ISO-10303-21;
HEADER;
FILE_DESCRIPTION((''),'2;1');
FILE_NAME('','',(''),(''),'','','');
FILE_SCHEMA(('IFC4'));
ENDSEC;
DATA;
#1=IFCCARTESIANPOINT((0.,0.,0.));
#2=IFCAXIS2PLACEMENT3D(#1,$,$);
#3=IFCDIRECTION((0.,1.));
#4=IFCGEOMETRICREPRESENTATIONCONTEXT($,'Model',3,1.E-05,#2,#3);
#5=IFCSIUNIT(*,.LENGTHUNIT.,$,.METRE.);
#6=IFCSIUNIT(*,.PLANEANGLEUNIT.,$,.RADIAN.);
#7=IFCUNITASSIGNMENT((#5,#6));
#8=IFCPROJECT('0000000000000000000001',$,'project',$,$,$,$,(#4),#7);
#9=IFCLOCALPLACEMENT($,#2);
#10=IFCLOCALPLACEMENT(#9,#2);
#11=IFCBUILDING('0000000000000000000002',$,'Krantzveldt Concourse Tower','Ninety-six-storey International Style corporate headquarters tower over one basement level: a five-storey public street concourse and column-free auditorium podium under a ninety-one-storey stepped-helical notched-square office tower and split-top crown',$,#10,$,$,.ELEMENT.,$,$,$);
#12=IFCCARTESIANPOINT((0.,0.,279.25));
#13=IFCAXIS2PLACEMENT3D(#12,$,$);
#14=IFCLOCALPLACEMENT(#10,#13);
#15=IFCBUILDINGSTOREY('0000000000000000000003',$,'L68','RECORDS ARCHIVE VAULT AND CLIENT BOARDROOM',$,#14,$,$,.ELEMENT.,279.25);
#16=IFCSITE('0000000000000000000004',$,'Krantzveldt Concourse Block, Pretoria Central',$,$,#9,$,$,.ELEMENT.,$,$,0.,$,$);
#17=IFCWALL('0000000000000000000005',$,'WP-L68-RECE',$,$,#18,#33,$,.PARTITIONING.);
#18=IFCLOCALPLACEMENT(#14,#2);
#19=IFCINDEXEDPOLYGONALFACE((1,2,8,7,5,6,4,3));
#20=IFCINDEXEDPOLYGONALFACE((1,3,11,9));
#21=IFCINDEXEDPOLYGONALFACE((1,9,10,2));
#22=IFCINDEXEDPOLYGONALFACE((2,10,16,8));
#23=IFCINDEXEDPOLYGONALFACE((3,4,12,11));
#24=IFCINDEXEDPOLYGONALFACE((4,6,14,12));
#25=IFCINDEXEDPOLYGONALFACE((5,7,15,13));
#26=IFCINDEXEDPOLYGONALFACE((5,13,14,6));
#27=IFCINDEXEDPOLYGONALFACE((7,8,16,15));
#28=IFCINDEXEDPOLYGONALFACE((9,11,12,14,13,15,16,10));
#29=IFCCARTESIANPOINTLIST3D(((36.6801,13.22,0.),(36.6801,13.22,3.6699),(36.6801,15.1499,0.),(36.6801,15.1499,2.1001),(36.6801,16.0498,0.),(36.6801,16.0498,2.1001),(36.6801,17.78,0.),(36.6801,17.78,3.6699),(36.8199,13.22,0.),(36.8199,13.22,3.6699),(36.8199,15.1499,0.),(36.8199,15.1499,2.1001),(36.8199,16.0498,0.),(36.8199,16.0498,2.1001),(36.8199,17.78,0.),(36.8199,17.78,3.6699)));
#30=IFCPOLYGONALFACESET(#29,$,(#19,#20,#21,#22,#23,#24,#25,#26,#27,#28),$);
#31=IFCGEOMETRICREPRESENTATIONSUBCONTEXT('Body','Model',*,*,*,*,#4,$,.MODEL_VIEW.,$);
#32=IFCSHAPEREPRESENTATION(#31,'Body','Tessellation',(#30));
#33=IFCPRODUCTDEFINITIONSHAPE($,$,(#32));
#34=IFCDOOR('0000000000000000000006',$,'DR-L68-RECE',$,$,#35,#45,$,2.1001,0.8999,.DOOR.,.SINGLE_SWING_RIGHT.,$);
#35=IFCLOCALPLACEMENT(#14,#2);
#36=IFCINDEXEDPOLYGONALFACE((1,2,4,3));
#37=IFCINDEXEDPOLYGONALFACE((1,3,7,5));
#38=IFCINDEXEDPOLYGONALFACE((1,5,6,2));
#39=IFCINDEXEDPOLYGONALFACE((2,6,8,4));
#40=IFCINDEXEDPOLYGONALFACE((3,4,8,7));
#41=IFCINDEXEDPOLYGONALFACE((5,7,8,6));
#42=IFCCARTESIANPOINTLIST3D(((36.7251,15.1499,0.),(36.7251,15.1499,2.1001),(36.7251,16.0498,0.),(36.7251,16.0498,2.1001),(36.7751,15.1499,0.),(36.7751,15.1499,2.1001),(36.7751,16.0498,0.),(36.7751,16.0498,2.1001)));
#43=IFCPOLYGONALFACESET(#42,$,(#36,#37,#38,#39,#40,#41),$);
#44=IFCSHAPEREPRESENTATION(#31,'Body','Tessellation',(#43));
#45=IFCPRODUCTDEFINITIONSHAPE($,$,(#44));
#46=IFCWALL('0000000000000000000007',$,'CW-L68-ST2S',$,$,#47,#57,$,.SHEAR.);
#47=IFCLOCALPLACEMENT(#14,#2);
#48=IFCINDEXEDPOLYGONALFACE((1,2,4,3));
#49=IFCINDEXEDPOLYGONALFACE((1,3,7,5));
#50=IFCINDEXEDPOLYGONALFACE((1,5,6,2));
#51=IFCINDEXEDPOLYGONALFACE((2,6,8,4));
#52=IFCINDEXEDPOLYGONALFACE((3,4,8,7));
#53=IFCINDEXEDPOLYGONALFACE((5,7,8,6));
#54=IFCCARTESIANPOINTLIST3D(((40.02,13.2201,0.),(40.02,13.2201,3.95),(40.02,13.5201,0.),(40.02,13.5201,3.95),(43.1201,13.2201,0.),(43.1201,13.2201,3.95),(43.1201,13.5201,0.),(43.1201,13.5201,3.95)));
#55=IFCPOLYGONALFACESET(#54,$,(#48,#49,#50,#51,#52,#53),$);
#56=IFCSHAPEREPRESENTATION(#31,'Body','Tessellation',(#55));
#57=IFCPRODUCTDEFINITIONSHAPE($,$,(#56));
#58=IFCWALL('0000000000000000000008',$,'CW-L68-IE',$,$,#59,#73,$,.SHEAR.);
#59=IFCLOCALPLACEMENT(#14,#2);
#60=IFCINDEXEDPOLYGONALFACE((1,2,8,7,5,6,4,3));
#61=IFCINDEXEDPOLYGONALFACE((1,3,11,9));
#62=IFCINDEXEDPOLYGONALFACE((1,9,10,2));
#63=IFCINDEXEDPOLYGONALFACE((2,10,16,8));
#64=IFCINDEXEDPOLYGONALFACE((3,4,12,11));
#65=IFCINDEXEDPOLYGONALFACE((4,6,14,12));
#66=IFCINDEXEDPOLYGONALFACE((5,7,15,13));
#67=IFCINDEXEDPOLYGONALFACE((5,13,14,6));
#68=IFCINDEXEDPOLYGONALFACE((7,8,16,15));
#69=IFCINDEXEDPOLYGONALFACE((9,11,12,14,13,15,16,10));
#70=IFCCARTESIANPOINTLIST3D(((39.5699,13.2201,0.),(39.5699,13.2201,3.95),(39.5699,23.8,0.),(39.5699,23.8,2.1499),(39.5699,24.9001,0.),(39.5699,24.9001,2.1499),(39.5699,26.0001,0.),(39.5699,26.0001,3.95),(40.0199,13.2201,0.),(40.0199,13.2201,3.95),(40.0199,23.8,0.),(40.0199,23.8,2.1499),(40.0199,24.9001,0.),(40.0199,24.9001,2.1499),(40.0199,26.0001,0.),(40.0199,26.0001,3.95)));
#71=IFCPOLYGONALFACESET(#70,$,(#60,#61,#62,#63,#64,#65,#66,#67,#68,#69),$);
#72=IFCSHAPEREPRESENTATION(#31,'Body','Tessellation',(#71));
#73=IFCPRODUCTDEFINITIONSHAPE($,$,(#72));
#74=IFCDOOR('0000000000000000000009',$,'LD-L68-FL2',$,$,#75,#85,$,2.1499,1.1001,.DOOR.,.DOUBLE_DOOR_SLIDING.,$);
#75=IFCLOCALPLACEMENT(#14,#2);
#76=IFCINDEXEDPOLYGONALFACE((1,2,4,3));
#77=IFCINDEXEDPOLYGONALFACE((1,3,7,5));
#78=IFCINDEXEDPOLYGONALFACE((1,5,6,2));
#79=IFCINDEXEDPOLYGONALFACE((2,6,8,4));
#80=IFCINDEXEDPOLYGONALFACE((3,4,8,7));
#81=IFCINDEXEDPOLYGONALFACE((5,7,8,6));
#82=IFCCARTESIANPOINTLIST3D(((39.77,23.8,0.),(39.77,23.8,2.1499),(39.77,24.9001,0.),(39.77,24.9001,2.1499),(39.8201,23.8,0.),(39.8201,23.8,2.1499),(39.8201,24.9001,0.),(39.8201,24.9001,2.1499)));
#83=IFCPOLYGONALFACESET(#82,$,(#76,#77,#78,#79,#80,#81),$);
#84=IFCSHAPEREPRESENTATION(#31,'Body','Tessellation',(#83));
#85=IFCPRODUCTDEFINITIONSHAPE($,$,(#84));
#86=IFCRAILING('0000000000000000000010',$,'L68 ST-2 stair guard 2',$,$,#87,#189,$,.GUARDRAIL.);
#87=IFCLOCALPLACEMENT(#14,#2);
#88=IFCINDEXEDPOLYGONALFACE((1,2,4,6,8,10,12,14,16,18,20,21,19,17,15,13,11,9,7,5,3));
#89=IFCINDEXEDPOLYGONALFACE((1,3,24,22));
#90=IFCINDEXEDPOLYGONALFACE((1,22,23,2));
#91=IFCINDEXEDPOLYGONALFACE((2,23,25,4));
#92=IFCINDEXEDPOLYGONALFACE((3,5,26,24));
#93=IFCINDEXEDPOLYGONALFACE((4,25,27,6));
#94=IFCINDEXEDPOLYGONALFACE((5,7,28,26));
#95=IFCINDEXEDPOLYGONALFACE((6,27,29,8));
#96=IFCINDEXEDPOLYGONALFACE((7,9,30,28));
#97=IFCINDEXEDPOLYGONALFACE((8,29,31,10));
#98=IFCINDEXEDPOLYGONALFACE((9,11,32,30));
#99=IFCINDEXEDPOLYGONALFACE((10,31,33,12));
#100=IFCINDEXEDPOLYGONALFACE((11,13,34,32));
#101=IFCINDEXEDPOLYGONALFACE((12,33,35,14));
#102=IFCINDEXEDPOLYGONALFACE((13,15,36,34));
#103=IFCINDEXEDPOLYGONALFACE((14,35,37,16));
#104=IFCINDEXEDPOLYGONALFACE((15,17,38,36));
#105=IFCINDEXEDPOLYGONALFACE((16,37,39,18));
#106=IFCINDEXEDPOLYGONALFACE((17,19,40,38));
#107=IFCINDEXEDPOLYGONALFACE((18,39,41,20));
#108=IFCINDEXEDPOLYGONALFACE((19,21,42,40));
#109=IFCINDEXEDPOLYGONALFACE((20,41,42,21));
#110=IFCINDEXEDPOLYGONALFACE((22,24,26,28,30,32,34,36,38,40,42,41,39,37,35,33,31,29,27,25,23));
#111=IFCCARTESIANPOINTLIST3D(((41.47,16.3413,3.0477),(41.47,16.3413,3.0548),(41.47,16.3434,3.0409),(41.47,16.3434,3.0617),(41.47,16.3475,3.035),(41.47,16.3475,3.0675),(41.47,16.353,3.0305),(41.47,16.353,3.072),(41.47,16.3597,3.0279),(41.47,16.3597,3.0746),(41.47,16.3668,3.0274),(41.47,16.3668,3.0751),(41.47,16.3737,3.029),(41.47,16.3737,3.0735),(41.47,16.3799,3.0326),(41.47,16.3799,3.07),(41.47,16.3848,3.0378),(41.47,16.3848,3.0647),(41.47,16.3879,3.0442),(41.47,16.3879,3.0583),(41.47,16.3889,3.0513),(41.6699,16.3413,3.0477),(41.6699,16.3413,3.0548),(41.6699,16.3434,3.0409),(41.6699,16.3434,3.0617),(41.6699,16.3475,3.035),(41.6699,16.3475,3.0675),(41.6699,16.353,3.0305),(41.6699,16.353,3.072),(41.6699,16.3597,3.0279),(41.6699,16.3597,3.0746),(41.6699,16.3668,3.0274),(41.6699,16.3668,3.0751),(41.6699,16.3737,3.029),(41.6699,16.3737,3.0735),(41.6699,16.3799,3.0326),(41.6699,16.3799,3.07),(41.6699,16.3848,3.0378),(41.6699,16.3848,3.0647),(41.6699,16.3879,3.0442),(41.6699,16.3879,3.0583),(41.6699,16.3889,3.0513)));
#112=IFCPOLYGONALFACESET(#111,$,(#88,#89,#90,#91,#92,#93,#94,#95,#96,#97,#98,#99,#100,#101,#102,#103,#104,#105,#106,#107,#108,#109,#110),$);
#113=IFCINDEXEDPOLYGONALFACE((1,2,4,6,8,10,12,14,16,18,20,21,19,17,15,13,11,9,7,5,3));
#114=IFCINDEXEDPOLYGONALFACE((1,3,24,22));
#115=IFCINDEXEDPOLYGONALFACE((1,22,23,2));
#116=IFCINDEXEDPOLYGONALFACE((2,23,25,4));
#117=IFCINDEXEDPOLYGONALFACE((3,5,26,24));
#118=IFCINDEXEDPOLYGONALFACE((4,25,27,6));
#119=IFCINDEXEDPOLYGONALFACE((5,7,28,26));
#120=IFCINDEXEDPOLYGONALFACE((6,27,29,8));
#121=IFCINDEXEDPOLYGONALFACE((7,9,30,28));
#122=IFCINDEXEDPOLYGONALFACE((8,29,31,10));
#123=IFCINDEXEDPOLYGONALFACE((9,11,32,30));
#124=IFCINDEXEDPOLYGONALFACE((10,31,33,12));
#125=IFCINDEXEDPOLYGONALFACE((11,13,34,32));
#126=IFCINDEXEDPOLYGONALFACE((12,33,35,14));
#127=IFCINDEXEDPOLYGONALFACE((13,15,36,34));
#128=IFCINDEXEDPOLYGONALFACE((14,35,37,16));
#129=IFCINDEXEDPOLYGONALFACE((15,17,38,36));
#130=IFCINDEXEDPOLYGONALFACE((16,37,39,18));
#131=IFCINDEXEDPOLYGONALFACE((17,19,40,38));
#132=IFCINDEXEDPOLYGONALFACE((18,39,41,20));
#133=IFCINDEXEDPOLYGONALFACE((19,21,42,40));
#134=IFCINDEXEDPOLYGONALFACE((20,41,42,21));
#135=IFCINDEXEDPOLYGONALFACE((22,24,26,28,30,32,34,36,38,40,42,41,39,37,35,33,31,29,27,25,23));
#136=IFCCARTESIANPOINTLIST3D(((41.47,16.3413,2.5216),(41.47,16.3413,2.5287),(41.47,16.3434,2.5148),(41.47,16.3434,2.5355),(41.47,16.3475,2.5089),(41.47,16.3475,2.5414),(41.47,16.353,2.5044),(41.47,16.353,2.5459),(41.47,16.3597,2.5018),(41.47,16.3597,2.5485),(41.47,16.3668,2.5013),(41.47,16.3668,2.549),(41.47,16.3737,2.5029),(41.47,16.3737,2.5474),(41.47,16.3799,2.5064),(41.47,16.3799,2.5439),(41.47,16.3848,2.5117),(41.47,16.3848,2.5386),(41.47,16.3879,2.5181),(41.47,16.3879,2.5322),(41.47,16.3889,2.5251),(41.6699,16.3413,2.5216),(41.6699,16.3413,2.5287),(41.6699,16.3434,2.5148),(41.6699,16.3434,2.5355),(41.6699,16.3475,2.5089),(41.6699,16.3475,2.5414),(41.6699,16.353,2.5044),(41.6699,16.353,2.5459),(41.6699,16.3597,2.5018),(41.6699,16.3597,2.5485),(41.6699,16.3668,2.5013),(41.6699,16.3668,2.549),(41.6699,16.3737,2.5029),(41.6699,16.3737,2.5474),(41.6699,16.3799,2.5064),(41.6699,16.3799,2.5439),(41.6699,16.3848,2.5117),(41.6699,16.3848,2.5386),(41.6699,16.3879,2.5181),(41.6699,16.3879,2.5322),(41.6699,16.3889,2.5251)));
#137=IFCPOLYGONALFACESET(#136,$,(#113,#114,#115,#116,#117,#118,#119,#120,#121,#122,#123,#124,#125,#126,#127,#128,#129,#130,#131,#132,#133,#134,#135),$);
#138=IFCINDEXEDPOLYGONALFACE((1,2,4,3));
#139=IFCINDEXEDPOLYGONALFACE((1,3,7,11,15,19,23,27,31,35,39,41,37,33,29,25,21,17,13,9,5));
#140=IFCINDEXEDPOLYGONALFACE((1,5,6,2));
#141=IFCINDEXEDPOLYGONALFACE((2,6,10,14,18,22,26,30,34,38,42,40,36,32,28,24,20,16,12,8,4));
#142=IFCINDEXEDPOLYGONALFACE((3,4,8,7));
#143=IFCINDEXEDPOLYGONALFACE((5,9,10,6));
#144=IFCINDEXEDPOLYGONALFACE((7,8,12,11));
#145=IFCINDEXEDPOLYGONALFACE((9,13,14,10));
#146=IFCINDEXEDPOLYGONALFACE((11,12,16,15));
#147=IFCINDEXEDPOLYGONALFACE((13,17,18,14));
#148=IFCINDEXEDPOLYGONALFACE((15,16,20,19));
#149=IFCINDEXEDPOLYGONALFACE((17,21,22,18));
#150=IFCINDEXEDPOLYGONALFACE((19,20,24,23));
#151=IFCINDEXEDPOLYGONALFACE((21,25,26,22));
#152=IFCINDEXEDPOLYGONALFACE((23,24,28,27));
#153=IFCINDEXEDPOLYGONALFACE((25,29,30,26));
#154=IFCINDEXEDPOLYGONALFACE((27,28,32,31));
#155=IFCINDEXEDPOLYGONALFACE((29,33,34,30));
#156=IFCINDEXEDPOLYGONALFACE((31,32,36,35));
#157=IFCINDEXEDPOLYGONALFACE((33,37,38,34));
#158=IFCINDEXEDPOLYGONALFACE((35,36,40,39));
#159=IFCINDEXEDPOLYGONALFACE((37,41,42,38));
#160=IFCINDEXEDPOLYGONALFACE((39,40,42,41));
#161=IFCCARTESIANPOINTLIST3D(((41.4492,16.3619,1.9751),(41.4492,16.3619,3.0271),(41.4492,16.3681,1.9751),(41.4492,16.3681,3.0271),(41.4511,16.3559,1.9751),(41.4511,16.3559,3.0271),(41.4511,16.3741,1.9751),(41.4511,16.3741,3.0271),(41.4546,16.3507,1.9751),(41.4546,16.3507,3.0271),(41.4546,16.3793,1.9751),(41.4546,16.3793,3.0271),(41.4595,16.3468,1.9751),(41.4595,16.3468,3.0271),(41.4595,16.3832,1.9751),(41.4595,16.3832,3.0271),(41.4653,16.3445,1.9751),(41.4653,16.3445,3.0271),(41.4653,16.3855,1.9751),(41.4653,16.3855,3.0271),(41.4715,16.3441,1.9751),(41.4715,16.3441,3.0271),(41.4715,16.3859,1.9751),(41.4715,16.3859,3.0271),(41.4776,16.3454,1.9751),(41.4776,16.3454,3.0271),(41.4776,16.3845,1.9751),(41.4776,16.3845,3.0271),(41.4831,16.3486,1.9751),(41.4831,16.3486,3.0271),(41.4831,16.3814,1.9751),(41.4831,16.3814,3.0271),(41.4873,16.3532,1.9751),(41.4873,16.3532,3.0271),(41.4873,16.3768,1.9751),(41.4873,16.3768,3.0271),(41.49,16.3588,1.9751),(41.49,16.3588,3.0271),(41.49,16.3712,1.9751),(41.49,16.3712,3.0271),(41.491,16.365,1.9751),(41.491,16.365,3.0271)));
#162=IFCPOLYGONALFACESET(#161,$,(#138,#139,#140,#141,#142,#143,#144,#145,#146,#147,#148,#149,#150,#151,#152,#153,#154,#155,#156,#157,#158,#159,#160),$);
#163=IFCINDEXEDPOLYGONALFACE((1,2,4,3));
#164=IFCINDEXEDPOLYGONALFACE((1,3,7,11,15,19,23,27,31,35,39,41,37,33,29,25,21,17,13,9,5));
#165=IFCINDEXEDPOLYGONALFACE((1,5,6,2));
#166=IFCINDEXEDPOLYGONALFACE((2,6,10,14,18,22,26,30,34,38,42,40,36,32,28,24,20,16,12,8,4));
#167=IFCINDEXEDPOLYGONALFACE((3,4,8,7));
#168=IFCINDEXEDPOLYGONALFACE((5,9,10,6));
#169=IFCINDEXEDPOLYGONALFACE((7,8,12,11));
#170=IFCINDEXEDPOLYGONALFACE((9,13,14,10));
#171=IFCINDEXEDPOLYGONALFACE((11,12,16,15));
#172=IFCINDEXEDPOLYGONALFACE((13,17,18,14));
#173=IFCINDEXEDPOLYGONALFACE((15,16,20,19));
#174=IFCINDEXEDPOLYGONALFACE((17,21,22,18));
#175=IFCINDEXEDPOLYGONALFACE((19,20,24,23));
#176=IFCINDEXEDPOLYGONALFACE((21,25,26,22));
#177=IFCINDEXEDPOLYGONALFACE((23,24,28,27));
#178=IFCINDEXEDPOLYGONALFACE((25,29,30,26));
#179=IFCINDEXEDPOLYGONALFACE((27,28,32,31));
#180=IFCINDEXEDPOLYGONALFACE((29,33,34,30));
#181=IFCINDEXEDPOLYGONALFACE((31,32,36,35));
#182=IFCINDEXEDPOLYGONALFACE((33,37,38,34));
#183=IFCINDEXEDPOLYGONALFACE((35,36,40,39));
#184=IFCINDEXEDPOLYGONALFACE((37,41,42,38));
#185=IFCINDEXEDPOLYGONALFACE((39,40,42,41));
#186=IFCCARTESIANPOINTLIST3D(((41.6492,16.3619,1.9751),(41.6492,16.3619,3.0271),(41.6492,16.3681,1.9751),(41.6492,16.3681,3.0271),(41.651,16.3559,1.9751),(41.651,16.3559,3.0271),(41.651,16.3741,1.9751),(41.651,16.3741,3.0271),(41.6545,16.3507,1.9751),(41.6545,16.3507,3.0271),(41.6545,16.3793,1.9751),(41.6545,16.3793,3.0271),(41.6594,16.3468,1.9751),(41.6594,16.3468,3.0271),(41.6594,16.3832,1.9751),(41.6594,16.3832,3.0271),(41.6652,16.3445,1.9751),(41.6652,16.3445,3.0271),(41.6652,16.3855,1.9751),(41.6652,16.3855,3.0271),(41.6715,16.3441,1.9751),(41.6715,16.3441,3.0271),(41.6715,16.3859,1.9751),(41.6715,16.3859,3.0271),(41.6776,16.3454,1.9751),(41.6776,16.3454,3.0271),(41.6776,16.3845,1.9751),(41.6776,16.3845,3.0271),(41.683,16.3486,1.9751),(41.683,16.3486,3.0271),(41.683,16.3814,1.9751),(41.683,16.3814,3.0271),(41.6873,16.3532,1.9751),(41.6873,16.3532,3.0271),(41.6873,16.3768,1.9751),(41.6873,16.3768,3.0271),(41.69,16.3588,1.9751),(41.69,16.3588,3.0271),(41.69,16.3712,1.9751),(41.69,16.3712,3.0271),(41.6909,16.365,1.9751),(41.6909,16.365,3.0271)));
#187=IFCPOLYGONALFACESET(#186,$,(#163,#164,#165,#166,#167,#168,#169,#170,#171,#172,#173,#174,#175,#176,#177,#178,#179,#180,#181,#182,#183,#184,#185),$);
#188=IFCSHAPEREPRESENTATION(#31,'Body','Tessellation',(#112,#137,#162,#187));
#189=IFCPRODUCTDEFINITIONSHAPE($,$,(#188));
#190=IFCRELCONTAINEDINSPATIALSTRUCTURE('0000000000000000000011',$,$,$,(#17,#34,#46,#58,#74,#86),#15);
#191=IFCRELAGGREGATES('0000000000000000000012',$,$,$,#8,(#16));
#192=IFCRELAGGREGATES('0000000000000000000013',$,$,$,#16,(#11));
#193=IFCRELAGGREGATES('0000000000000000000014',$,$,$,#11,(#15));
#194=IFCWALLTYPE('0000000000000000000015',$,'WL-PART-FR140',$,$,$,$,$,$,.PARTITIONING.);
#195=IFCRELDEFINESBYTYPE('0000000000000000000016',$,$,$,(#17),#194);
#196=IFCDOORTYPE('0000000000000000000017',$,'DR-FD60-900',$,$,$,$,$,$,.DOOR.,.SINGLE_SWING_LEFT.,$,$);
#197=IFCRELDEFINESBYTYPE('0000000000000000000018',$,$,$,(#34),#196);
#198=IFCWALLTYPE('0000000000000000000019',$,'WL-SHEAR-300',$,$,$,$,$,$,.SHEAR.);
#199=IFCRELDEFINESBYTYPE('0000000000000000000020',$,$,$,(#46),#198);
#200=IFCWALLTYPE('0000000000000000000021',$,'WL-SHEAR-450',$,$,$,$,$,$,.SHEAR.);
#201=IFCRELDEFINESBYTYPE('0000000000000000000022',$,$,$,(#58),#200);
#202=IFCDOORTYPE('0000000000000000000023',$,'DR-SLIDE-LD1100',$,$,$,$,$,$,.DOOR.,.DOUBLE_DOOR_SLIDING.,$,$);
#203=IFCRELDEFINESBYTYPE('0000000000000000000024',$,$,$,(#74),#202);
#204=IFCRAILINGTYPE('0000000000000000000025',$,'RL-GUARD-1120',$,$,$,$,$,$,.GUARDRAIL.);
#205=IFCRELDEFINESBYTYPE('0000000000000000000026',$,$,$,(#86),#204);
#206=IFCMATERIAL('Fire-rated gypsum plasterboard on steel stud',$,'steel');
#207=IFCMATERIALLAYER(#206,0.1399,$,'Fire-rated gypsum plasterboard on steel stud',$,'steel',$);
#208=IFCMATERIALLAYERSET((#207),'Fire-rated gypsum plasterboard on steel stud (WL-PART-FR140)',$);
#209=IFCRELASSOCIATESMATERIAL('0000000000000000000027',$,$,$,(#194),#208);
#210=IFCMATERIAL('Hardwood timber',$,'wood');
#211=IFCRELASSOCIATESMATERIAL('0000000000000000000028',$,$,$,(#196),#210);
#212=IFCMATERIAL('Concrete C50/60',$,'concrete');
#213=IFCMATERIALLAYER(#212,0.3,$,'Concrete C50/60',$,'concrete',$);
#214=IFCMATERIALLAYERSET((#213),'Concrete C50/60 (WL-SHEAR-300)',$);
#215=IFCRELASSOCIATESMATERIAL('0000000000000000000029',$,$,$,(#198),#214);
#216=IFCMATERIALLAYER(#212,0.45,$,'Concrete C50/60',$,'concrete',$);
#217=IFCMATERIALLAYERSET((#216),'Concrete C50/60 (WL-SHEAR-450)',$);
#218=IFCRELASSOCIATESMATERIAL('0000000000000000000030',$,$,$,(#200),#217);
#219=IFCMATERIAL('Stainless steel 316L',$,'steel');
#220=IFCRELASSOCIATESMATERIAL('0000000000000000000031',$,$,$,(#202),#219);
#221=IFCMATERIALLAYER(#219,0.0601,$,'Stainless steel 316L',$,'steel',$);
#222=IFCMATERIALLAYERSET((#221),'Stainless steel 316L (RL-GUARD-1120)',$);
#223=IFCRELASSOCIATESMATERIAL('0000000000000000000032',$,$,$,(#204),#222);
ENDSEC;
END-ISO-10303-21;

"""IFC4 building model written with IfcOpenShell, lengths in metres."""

from ifc_helpers import new_model, si_unit, direction, frame, frame_2d, origin, origin_2d, place, context, subcontext, project, spatial, rectangle, circle, extrude, material, layer, layer_set, type_object, element, fill, save


model = new_model("IFC4")

# Units and contexts
model_context = context("Model", 3, precision=1e-05, world=origin(), true_north=direction((0.0, 1.0)))
body_context = subcontext(model_context, "Body", "Model", "MODEL_VIEW")
ifc_project = project(units=[si_unit("LENGTHUNIT", "METRE"), si_unit("PLANEANGLEUNIT", "RADIAN")], contexts=[model_context])

# Site, building, storey
site_placement = place(None, origin())
site = spatial("IfcSite", under=ifc_project, at=site_placement, Name="Krantzveldt Concourse Block, Pretoria Central", CompositionType="ELEMENT", RefElevation=0.0)
building_placement = place(site_placement, origin())
building = spatial("IfcBuilding", under=site, at=building_placement, Name="Krantzveldt Concourse Tower", Description="Ninety-six-storey International Style corporate headquarters tower over one basement level: a five-storey public street concourse and column-free auditorium podium under a ninety-one-storey stepped-helical notched-square office tower and split-top crown", CompositionType="ELEMENT")
storey_placement = place(building_placement, frame((0.0, 0.0, 279.25)))
storey = spatial("IfcBuildingStorey", under=building, at=storey_placement, Name="L68", Description="RECORDS ARCHIVE VAULT AND CLIENT BOARDROOM", CompositionType="ELEMENT", Elevation=279.25)

# Shared definitions
ifc_material_1 = material(Name="Fire-rated gypsum plasterboard on steel stud", Category="steel")

# Wall, opening, door
ifc_layer_1 = layer(ifc_material_1, 0.1399, Name="Fire-rated gypsum plasterboard on steel stud", Category="steel")
ifc_layer_set_1 = layer_set([ifc_layer_1], Name="Fire-rated gypsum plasterboard on steel stud (WL-PART-FR140)")
wall_type_1 = type_object("IfcWallType", Name="WL-PART-FR140", PredefinedType="PARTITIONING", material=ifc_layer_set_1)
ifc_material_2 = material(Name="Hardwood timber", Category="wood")
door_type_1 = type_object("IfcDoorType", Name="DR-FD60-900", OperationType="SINGLE_SWING_LEFT", PredefinedType="DOOR", material=ifc_material_2)
wall_1_placement = place(storey_placement, frame((36.75, 13.22, 0.0), z_axis=(0.0, 0.0, 1.0), x_axis=(0.0, 1.0, 0.0)))
wall_1 = element("IfcWall", 1, at=wall_1_placement, inside=storey, type_object=wall_type_1, Name="WP-L68-RECE", PredefinedType="PARTITIONING", context=body_context, shape_type="SweptSolid", body=[
    extrude(rectangle(XDim=4.5601, YDim=0.1399, at=frame_2d((2.28, 0.0))), origin(), (0.0, 0.0, 1.0), 3.6699),
])
opening_1_placement = place(wall_1_placement, frame((1.9299, 0.0, 0.0)))
opening_1 = element("IfcOpeningElement", 2, at=opening_1_placement, cuts=wall_1, PredefinedType="OPENING", context=body_context, shape_type="SweptSolid", body=[
    extrude(rectangle(XDim=0.8999, YDim=2.1001, at=frame_2d((0.45, 1.05))), frame((0.0, 0.0801, 0.0), z_axis=(0.0, -1.0, 0.0), x_axis=(1.0, 0.0, 0.0)), (0.0, 0.0, 1.0), 0.1599),
])
door_1_placement = place(opening_1_placement, origin())
door_1 = element("IfcDoor", 3, at=door_1_placement, inside=storey, type_object=door_type_1, Name="DR-L68-RECE", OperationType="SINGLE_SWING_RIGHT", OverallHeight=2.1001, OverallWidth=0.8999, PredefinedType="DOOR", context=body_context, shape_type="SweptSolid", body=[
    extrude(rectangle(XDim=0.8999, YDim=2.1001, at=frame_2d((0.45, 1.05))), frame((0.0, 0.0249, 0.0), z_axis=(0.0, -1.0, 0.0), x_axis=(1.0, 0.0, 0.0)), (0.0, 0.0, 1.0), 0.05),
])
fill(opening_1, door_1)

# Wall
ifc_material_3 = material(Name="Concrete C50/60", Category="concrete")
ifc_layer_2 = layer(ifc_material_3, 0.3, Name="Concrete C50/60", Category="concrete")
ifc_layer_set_2 = layer_set([ifc_layer_2], Name="Concrete C50/60 (WL-SHEAR-300)")
wall_type_2 = type_object("IfcWallType", Name="WL-SHEAR-300", PredefinedType="SHEAR", material=ifc_layer_set_2)
wall_2_placement = place(storey_placement, frame((40.02, 13.3701, 0.0), z_axis=(0.0, 0.0, 1.0), x_axis=(1.0, 0.0, 0.0)))
element("IfcWall", 4, at=wall_2_placement, inside=storey, type_object=wall_type_2, Name="CW-L68-ST2S", PredefinedType="SHEAR", context=body_context, shape_type="SweptSolid", body=[
    extrude(rectangle(XDim=3.1001, YDim=0.3, at=frame_2d((1.55, 0.0))), origin(), (0.0, 0.0, 1.0), 3.95),
])

# Wall, opening, door
ifc_layer_3 = layer(ifc_material_3, 0.45, Name="Concrete C50/60", Category="concrete")
ifc_layer_set_3 = layer_set([ifc_layer_3], Name="Concrete C50/60 (WL-SHEAR-450)")
wall_type_3 = type_object("IfcWallType", Name="WL-SHEAR-450", PredefinedType="SHEAR", material=ifc_layer_set_3)
wall_3_placement = place(storey_placement, frame((39.7949, 13.22, 0.0), z_axis=(0.0, 0.0, 1.0), x_axis=(0.0, 1.0, 0.0)))
wall_3 = element("IfcWall", 5, at=wall_3_placement, inside=storey, type_object=wall_type_3, Name="CW-L68-IE", PredefinedType="SHEAR", context=body_context, shape_type="SweptSolid", body=[
    extrude(rectangle(XDim=12.78, YDim=0.45, at=frame_2d((6.3901, 0.0))), origin(), (0.0, 0.0, 1.0), 3.95),
])
opening_2_placement = place(wall_3_placement, frame((10.5801, 0.0, 0.0)))
opening_2 = element("IfcOpeningElement", 6, at=opening_2_placement, cuts=wall_3, PredefinedType="OPENING", context=body_context, shape_type="SweptSolid", body=[
    extrude(rectangle(XDim=1.1001, YDim=2.1499, at=frame_2d((0.55, 1.075))), frame((0.0, 0.2349, 0.0), z_axis=(0.0, -1.0, 0.0), x_axis=(1.0, 0.0, 0.0)), (0.0, 0.0, 1.0), 0.47),
])
ifc_material_4 = material(Name="Stainless steel 316L", Category="steel")
door_type_2 = type_object("IfcDoorType", Name="DR-SLIDE-LD1100", OperationType="DOUBLE_DOOR_SLIDING", PredefinedType="DOOR", material=ifc_material_4)
door_2_placement = place(opening_2_placement, origin())
door_2 = element("IfcDoor", 7, at=door_2_placement, inside=storey, type_object=door_type_2, Name="LD-L68-FL2", OperationType="DOUBLE_DOOR_SLIDING", OverallHeight=2.1499, OverallWidth=1.1001, PredefinedType="DOOR", context=body_context, shape_type="SweptSolid", body=[
    extrude(rectangle(XDim=1.1001, YDim=2.1499, at=frame_2d((0.55, 1.075))), frame((0.0, 0.0249, 0.0), z_axis=(0.0, -1.0, 0.0), x_axis=(1.0, 0.0, 0.0)), (0.0, 0.0, 1.0), 0.05),
])
fill(opening_2, door_2)

# Railing
ifc_layer_4 = layer(ifc_material_4, 0.0601, Name="Stainless steel 316L", Category="steel")
ifc_layer_set_4 = layer_set([ifc_layer_4], Name="Stainless steel 316L (RL-GUARD-1120)")
railing_type = type_object("IfcRailingType", Name="RL-GUARD-1120", PredefinedType="GUARDRAIL", material=ifc_layer_set_4)
railing_placement = place(storey_placement, frame((41.47, 16.365, 1.9751)))
element("IfcRailing", 8, at=railing_placement, inside=storey, type_object=railing_type, Name="L68 ST-2 stair guard 2", PredefinedType="GUARDRAIL", context=body_context, shape_type="SweptSolid", body=[
    extrude(circle(Radius=0.0239, at=origin_2d()), frame((0.0, 0.0, 1.0762), z_axis=(1.0, 0.0, 0.0), x_axis=(0.0, 1.0, 0.0)), (0.0, 0.0, 1.0), 0.2),
    extrude(circle(Radius=0.0239, at=origin_2d()), frame((0.0, 0.0, 0.55), z_axis=(1.0, 0.0, 0.0), x_axis=(0.0, 1.0, 0.0)), (0.0, 0.0, 1.0), 0.2),
    extrude(circle(Radius=0.021, at=origin_2d()), origin(), (0.0, 0.0, 1.0), 1.052),
    extrude(circle(Radius=0.021, at=origin_2d()), frame((0.2, 0.0, 0.0)), (0.0, 0.0, 1.0), 1.052),
])

save(model, "model.ifc")
